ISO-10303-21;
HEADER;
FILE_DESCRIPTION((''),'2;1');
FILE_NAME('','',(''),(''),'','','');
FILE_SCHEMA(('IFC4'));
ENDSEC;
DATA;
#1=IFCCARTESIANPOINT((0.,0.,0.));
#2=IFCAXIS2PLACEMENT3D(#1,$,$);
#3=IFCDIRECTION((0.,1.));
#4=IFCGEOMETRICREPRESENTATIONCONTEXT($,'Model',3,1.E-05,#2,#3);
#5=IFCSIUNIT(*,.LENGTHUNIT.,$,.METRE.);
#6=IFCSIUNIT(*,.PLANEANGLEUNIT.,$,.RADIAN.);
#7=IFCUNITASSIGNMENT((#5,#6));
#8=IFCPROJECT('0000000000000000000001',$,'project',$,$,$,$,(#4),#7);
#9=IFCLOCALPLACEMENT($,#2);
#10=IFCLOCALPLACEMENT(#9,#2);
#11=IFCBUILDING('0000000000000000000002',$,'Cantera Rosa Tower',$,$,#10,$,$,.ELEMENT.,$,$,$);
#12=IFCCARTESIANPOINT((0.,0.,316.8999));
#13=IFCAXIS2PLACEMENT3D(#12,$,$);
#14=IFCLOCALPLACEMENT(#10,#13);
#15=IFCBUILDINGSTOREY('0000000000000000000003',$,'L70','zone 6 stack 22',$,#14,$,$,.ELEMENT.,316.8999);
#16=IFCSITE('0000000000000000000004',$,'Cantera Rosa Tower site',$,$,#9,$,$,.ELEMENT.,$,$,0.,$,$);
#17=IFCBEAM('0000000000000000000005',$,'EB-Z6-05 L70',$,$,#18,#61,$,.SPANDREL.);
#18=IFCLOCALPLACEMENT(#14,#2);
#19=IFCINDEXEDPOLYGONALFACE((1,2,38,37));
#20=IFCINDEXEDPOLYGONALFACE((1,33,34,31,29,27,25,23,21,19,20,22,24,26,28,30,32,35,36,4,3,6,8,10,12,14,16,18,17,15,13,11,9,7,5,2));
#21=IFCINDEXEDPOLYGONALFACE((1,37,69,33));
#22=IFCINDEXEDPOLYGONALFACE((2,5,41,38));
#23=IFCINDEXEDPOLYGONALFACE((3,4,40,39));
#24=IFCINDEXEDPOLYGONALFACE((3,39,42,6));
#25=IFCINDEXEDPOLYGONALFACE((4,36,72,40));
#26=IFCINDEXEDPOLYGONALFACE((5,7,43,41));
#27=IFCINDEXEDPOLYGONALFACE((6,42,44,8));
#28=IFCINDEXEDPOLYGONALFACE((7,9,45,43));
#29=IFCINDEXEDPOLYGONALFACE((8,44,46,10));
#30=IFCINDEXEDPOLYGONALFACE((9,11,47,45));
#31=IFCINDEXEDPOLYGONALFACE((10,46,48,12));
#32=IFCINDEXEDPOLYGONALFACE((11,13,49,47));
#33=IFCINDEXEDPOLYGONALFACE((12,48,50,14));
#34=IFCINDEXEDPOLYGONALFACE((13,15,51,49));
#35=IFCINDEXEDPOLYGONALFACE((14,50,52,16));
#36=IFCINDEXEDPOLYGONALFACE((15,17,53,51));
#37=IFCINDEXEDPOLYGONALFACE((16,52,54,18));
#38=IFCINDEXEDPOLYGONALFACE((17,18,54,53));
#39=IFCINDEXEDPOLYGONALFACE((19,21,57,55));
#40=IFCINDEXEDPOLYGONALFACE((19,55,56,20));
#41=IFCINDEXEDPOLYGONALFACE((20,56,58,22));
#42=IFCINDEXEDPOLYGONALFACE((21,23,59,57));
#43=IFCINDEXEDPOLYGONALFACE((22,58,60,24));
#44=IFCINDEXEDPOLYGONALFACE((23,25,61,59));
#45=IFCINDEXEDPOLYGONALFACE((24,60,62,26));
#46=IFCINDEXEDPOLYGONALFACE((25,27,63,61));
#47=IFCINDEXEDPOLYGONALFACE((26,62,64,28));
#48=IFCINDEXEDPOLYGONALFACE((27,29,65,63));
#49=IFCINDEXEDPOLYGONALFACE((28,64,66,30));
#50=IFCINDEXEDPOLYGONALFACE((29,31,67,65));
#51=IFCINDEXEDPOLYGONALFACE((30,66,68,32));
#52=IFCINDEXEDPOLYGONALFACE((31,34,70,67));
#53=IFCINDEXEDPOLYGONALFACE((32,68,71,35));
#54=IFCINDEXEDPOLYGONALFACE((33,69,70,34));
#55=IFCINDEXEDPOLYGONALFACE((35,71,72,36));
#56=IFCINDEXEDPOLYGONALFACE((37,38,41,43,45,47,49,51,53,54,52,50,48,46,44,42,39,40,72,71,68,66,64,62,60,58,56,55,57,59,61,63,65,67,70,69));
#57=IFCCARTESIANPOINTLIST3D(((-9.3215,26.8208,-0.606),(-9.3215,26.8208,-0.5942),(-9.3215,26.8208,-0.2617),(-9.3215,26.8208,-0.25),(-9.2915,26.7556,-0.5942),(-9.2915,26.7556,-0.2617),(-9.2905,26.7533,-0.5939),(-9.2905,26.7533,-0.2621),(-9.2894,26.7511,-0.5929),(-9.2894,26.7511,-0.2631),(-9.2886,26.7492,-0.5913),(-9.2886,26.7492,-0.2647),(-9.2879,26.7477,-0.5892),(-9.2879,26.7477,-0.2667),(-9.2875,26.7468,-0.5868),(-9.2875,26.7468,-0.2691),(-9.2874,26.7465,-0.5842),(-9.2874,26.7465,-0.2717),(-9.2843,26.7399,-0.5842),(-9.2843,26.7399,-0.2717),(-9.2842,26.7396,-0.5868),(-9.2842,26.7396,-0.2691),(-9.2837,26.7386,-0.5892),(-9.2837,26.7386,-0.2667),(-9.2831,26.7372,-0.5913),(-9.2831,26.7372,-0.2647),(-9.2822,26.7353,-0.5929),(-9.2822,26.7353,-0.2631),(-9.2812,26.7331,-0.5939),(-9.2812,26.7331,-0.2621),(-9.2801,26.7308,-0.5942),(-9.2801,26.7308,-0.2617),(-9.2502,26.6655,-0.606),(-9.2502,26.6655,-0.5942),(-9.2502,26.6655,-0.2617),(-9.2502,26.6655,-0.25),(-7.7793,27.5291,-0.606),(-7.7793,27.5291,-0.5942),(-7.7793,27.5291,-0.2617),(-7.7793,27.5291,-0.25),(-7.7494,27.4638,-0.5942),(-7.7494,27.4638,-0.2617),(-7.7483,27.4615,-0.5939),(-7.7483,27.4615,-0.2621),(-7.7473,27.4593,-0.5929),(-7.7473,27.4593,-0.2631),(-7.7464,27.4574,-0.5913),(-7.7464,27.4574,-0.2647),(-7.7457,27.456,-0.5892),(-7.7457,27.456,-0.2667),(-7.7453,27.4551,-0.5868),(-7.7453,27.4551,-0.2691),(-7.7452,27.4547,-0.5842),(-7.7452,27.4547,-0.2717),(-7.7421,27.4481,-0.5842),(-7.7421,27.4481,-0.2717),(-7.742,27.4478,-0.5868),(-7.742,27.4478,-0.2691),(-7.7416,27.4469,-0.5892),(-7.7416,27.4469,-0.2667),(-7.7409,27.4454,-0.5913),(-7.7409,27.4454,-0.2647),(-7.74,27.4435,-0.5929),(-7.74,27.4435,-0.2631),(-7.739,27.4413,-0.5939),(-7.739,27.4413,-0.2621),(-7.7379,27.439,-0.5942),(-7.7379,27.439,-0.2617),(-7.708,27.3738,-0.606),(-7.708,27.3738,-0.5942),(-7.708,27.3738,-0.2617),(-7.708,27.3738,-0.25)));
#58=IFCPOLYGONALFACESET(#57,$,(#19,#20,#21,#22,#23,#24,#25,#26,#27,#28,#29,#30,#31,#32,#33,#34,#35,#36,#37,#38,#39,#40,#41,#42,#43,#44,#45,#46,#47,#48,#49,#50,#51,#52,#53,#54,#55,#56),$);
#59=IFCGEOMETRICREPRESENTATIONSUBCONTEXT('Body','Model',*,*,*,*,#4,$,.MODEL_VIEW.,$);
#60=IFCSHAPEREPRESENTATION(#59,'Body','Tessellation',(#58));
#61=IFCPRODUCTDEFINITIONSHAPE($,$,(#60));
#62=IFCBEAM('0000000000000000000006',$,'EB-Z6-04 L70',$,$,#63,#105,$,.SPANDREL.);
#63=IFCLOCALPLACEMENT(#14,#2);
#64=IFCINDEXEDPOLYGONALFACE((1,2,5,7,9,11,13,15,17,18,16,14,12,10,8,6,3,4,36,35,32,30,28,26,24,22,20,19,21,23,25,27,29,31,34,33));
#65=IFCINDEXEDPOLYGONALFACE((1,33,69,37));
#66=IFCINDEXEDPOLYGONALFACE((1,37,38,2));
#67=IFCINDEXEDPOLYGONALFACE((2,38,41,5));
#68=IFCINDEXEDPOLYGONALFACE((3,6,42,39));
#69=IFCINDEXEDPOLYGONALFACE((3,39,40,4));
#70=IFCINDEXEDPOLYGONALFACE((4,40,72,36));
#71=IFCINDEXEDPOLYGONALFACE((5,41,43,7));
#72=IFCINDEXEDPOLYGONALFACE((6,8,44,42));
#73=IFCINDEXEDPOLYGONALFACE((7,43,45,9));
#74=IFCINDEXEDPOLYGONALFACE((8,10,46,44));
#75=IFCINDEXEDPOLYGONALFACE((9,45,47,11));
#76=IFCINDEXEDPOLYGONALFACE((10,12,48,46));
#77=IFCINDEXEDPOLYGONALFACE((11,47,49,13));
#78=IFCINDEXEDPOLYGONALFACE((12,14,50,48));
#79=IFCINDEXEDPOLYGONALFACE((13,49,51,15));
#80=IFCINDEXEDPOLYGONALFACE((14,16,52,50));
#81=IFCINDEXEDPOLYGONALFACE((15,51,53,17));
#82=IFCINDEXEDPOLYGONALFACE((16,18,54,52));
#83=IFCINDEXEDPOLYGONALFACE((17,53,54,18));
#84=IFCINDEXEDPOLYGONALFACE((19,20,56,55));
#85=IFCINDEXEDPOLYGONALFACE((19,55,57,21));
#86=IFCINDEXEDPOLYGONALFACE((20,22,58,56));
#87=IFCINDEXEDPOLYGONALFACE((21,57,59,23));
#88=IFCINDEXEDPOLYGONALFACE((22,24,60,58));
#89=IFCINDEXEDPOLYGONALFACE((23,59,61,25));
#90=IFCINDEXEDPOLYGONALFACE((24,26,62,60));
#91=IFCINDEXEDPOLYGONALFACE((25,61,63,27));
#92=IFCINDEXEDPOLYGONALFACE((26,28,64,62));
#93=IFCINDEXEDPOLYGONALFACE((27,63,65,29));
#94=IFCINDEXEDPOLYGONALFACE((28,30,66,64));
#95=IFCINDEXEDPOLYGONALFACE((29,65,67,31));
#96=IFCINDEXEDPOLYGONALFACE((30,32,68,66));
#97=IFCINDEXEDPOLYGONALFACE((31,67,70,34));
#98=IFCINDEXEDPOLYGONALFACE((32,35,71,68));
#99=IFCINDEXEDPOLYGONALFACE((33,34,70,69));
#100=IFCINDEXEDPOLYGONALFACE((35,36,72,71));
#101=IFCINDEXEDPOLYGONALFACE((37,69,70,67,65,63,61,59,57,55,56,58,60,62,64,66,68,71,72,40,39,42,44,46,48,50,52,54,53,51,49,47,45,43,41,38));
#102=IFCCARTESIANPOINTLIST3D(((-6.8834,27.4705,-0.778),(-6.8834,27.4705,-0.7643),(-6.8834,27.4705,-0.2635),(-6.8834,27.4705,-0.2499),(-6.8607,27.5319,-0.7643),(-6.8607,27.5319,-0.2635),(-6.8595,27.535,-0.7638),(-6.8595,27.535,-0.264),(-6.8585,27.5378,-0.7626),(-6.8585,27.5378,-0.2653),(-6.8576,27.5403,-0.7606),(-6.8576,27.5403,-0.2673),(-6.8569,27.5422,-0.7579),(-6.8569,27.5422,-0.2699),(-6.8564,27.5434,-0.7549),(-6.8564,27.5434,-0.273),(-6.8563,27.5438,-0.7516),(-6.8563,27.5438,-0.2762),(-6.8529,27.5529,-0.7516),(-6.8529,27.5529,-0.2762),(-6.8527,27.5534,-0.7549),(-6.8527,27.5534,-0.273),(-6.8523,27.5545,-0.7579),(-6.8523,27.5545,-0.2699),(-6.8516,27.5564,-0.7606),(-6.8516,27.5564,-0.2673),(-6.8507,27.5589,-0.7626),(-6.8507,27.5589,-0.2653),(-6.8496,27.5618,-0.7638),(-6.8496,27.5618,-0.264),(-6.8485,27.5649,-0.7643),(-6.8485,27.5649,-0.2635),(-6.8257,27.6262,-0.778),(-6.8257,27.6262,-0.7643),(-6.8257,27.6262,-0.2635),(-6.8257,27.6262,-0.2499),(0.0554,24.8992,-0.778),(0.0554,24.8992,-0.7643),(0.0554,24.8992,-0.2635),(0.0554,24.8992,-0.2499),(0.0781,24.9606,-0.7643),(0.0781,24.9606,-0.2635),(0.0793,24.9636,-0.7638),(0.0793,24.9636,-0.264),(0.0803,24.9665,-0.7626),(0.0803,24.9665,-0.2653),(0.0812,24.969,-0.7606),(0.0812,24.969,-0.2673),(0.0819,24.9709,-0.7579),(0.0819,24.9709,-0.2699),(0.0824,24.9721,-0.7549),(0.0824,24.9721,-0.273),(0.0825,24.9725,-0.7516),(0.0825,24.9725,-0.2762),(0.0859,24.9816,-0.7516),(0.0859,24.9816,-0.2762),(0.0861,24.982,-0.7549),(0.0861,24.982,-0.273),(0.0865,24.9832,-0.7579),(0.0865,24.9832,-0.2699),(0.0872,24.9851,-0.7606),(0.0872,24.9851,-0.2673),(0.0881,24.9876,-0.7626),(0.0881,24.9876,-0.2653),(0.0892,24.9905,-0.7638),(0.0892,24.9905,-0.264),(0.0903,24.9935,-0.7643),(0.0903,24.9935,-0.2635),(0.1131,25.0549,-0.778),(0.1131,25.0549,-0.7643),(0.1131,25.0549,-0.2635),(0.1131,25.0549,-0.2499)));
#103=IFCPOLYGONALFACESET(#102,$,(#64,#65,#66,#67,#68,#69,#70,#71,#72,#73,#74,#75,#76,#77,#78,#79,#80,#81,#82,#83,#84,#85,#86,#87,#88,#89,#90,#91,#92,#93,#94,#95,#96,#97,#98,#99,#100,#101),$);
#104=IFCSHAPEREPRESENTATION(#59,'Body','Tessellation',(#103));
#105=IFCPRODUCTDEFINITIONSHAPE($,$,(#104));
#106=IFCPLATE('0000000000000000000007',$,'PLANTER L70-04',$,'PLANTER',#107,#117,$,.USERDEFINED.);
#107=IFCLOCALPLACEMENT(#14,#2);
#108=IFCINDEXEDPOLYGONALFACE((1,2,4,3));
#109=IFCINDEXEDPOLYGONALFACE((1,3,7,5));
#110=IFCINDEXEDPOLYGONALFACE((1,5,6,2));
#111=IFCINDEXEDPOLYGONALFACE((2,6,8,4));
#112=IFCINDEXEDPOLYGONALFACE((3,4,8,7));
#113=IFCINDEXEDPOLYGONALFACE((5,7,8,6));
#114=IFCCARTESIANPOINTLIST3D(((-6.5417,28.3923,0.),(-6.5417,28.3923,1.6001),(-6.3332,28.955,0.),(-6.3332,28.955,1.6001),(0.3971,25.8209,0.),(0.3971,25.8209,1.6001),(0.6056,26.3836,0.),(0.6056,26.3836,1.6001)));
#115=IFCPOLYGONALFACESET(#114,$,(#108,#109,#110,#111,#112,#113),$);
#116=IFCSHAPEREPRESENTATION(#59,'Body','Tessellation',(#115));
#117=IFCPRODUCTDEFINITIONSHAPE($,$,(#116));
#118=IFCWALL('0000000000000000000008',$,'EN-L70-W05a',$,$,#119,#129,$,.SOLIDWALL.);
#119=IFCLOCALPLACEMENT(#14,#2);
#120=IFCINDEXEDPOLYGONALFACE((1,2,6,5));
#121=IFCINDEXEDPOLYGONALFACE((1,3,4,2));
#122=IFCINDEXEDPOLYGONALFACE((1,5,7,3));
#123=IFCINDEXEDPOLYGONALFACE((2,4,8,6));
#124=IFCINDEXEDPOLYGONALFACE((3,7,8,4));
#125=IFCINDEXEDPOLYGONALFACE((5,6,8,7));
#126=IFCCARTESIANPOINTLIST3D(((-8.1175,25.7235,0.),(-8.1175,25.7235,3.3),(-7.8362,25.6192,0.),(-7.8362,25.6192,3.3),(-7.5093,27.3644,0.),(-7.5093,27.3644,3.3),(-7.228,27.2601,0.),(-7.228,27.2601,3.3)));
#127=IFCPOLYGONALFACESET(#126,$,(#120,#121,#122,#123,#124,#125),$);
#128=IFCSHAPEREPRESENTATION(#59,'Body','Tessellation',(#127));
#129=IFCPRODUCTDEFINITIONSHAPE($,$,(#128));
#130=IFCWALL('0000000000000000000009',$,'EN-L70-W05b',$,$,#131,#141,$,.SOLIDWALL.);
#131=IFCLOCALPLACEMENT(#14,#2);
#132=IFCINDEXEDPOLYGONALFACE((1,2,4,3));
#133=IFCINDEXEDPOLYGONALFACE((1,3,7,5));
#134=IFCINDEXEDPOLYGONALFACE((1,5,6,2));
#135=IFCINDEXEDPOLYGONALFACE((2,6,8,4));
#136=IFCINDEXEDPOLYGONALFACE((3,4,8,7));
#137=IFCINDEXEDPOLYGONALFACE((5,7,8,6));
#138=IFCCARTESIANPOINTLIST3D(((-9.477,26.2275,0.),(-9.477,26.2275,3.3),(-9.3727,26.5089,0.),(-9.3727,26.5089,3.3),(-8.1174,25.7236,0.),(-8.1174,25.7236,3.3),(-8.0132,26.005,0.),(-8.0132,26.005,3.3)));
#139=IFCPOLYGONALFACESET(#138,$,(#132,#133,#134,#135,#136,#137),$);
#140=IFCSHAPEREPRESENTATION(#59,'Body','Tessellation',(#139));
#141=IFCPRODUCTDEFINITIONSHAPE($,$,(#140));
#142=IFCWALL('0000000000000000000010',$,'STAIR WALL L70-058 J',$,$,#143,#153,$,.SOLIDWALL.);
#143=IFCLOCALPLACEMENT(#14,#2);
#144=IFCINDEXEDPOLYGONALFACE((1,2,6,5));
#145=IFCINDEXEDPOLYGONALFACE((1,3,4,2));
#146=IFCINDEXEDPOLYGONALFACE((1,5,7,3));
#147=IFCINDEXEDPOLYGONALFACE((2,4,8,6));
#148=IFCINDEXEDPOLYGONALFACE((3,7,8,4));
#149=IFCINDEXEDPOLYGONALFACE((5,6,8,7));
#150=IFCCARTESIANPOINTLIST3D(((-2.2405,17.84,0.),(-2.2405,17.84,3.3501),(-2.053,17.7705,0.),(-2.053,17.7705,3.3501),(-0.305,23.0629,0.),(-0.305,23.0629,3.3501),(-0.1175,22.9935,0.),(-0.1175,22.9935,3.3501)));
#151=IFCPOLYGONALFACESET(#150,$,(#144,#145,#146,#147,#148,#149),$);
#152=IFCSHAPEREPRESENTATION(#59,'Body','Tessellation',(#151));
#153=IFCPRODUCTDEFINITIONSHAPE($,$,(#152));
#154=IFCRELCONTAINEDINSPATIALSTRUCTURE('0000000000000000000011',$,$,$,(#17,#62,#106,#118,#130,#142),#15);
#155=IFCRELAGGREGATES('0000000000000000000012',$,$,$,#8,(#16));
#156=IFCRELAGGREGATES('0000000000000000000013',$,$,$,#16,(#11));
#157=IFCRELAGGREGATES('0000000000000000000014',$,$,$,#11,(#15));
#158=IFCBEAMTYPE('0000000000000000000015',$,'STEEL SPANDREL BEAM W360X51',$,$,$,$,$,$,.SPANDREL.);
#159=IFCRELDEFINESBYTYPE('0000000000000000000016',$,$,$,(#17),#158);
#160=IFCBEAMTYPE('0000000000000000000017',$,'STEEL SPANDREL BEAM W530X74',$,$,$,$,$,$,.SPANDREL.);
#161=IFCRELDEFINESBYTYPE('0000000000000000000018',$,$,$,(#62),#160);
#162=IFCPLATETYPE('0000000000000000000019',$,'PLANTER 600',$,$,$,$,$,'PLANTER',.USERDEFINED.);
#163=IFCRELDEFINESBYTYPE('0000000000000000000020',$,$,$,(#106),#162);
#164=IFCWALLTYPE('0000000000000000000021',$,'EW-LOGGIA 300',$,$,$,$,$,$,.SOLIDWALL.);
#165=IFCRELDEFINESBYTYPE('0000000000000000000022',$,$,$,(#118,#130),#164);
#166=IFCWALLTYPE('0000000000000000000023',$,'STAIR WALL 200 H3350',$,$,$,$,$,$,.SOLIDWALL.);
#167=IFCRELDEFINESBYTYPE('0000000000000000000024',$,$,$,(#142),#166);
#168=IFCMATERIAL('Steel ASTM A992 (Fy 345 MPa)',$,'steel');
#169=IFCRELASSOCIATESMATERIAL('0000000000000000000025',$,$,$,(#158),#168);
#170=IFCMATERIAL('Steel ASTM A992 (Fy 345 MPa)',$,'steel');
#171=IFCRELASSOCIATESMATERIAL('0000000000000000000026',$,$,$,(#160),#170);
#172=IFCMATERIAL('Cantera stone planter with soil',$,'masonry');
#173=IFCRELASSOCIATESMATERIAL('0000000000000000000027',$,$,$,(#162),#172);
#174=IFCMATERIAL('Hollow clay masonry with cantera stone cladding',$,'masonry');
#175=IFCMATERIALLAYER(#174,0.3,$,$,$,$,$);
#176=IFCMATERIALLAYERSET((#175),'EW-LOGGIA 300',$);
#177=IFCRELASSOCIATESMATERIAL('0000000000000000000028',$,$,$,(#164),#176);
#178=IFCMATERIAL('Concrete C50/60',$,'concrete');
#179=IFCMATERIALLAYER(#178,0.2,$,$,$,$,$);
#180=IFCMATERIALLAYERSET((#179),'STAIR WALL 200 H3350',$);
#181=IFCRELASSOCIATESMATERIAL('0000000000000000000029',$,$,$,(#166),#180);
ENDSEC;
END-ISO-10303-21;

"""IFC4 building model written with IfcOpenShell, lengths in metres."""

from ifc_helpers import new_model, si_unit, direction, frame, frame_2d, origin, origin_2d, place, context, subcontext, project, spatial, rectangle, i_section, extrude, material, layer, layer_set, material_profile, profile_set, type_object, element, save


model = new_model("IFC4")

# Units and contexts
model_context = context("Model", 3, precision=1e-05, world=origin(), true_north=direction((0.0, 1.0)))
body_context = subcontext(model_context, "Body", "Model", "MODEL_VIEW")
ifc_project = project(units=[si_unit("LENGTHUNIT", "METRE"), si_unit("PLANEANGLEUNIT", "RADIAN")], contexts=[model_context])

# Site, building, storey
site_placement = place(None, origin())
site = spatial("IfcSite", under=ifc_project, at=site_placement, Name="Cantera Rosa Tower site", CompositionType="ELEMENT", RefElevation=0.0)
building_placement = place(site_placement, origin())
building = spatial("IfcBuilding", under=site, at=building_placement, Name="Cantera Rosa Tower", CompositionType="ELEMENT")
storey_placement = place(building_placement, frame((0.0, 0.0, 316.8999)))
storey = spatial("IfcBuildingStorey", under=building, at=storey_placement, Name="L70", Description="zone 6 stack 22", CompositionType="ELEMENT", Elevation=316.8999)

# Beams
ifc_material_1 = material(Name="Steel ASTM A992 (Fy 345 MPa)", Category="steel")
ifc_material_profile_1 = material_profile(ifc_material_1, i_section(OverallWidth=0.1709, OverallDepth=0.356, WebThickness=0.0073, FlangeThickness=0.0117, FilletRadius=0.01, at=origin_2d()), Name="W360X51")
ifc_profile_set_1 = profile_set([ifc_material_profile_1], Name="Steel ASTM A992 (Fy 345 MPa)")
beam_type_1 = type_object("IfcBeamType", Name="STEEL SPANDREL BEAM W360X51", PredefinedType="SPANDREL", material=ifc_profile_set_1)
beam_1_placement = place(storey_placement, frame((-7.7437, 27.4514, -0.428), z_axis=(-0.908754, -0.417333, 0.0), x_axis=(0.417333, -0.908754, 0.0)))
element("IfcBeam", 1, at=beam_1_placement, inside=storey, type_object=beam_type_1, Name="EB-Z6-05 L70", PredefinedType="SPANDREL", context=body_context, shape_type="SweptSolid", body=[
    extrude(i_section(OverallWidth=0.1709, OverallDepth=0.356, WebThickness=0.0073, FlangeThickness=0.0117, FilletRadius=0.01, at=origin_2d()), origin(), (0.0, 0.0, 1.0), 1.697),
])
ifc_material_2 = material(Name="Steel ASTM A992 (Fy 345 MPa)", Category="steel")
ifc_material_profile_2 = material_profile(ifc_material_2, i_section(OverallWidth=0.166, OverallDepth=0.5281, WebThickness=0.0098, FlangeThickness=0.0137, FilletRadius=0.0127, at=origin_2d()), Name="W530X74")
ifc_profile_set_2 = profile_set([ifc_material_profile_2], Name="Steel ASTM A992 (Fy 345 MPa)")
beam_type_2 = type_object("IfcBeamType", Name="STEEL SPANDREL BEAM W530X74", PredefinedType="SPANDREL", material=ifc_profile_set_2)
beam_2_placement = place(storey_placement, frame((0.0842, 24.9771, -0.5139), z_axis=(-0.937687, 0.34748, 0.0), x_axis=(-0.34748, -0.937687, 0.0)))
element("IfcBeam", 2, at=beam_2_placement, inside=storey, type_object=beam_type_2, Name="EB-Z6-04 L70", PredefinedType="SPANDREL", context=body_context, shape_type="SweptSolid", body=[
    extrude(i_section(OverallWidth=0.166, OverallDepth=0.5281, WebThickness=0.0098, FlangeThickness=0.0137, FilletRadius=0.0127, at=origin_2d()), origin(), (0.0, 0.0, 1.0), 7.3999),
])

# Plate
ifc_material_3 = material(Name="Cantera stone planter with soil", Category="masonry")
plate_type = type_object("IfcPlateType", Name="PLANTER 600", ElementType="PLANTER", PredefinedType="USERDEFINED", material=ifc_material_3)
plate_placement = place(storey_placement, frame((-2.968, 27.3879, 0.0), z_axis=(0.0, 0.0, 1.0), x_axis=(-0.937687, 0.347481, 0.0)))
element("IfcPlate", 3, at=plate_placement, inside=storey, type_object=plate_type, Name="PLANTER L70-04", ObjectType="PLANTER", PredefinedType="USERDEFINED", context=body_context, shape_type="SweptSolid", body=[
    extrude(rectangle(XDim=7.3999, YDim=0.6001, at=origin_2d()), origin(), (0.0, 0.0, 1.0), 1.6001),
])

# Walls
ifc_material_4 = material(Name="Hollow clay masonry with cantera stone cladding", Category="masonry")
ifc_layer_1 = layer(ifc_material_4, 0.3)
ifc_layer_set_1 = layer_set([ifc_layer_1], Name="EW-LOGGIA 300")
wall_type_1 = type_object("IfcWallType", Name="EW-LOGGIA 300", PredefinedType="SOLIDWALL", material=ifc_layer_set_1)
wall_1_placement = place(storey_placement, frame((-7.3687, 27.3123, 0.0), z_axis=(0.0, 0.0, 1.0), x_axis=(-0.347528, -0.93767, 0.0)))
element("IfcWall", 4, at=wall_1_placement, inside=storey, type_object=wall_type_1, Name="EN-L70-W05a", PredefinedType="SOLIDWALL", context=body_context, shape_type="SweptSolid", body=[
    extrude(rectangle(XDim=1.75, YDim=0.3, at=frame_2d((0.875, 0.0))), origin(), (0.0, 0.0, 1.0), 3.3),
])
wall_2_placement = place(storey_placement, frame((-8.0652, 25.8643, 0.0), z_axis=(0.0, 0.0, 1.0), x_axis=(-0.937672, 0.347523, 0.0)))
element("IfcWall", 5, at=wall_2_placement, inside=storey, type_object=wall_type_1, Name="EN-L70-W05b", PredefinedType="SOLIDWALL", context=body_context, shape_type="SweptSolid", body=[
    extrude(rectangle(XDim=1.45, YDim=0.3, at=frame_2d((0.7251, 0.0))), origin(), (0.0, 0.0, 1.0), 3.3),
])

# Wall
ifc_material_5 = material(Name="Concrete C50/60", Category="concrete")
ifc_layer_2 = layer(ifc_material_5, 0.2)
ifc_layer_set_2 = layer_set([ifc_layer_2], Name="STAIR WALL 200 H3350")
wall_type_2 = type_object("IfcWallType", Name="STAIR WALL 200 H3350", PredefinedType="SOLIDWALL", material=ifc_layer_set_2)
wall_3_placement = place(storey_placement, frame((-0.2112, 23.0283, 0.0), z_axis=(0.0, 0.0, 1.0), x_axis=(-0.347494, -0.937682, 0.0)))
element("IfcWall", 6, at=wall_3_placement, inside=storey, type_object=wall_type_2, Name="STAIR WALL L70-058 J", PredefinedType="SOLIDWALL", context=body_context, shape_type="SweptSolid", body=[
    extrude(rectangle(XDim=5.5701, YDim=0.2, at=frame_2d((2.7852, 0.0))), origin(), (0.0, 0.0, 1.0), 3.3501),
])

save(model, "model.ifc")
